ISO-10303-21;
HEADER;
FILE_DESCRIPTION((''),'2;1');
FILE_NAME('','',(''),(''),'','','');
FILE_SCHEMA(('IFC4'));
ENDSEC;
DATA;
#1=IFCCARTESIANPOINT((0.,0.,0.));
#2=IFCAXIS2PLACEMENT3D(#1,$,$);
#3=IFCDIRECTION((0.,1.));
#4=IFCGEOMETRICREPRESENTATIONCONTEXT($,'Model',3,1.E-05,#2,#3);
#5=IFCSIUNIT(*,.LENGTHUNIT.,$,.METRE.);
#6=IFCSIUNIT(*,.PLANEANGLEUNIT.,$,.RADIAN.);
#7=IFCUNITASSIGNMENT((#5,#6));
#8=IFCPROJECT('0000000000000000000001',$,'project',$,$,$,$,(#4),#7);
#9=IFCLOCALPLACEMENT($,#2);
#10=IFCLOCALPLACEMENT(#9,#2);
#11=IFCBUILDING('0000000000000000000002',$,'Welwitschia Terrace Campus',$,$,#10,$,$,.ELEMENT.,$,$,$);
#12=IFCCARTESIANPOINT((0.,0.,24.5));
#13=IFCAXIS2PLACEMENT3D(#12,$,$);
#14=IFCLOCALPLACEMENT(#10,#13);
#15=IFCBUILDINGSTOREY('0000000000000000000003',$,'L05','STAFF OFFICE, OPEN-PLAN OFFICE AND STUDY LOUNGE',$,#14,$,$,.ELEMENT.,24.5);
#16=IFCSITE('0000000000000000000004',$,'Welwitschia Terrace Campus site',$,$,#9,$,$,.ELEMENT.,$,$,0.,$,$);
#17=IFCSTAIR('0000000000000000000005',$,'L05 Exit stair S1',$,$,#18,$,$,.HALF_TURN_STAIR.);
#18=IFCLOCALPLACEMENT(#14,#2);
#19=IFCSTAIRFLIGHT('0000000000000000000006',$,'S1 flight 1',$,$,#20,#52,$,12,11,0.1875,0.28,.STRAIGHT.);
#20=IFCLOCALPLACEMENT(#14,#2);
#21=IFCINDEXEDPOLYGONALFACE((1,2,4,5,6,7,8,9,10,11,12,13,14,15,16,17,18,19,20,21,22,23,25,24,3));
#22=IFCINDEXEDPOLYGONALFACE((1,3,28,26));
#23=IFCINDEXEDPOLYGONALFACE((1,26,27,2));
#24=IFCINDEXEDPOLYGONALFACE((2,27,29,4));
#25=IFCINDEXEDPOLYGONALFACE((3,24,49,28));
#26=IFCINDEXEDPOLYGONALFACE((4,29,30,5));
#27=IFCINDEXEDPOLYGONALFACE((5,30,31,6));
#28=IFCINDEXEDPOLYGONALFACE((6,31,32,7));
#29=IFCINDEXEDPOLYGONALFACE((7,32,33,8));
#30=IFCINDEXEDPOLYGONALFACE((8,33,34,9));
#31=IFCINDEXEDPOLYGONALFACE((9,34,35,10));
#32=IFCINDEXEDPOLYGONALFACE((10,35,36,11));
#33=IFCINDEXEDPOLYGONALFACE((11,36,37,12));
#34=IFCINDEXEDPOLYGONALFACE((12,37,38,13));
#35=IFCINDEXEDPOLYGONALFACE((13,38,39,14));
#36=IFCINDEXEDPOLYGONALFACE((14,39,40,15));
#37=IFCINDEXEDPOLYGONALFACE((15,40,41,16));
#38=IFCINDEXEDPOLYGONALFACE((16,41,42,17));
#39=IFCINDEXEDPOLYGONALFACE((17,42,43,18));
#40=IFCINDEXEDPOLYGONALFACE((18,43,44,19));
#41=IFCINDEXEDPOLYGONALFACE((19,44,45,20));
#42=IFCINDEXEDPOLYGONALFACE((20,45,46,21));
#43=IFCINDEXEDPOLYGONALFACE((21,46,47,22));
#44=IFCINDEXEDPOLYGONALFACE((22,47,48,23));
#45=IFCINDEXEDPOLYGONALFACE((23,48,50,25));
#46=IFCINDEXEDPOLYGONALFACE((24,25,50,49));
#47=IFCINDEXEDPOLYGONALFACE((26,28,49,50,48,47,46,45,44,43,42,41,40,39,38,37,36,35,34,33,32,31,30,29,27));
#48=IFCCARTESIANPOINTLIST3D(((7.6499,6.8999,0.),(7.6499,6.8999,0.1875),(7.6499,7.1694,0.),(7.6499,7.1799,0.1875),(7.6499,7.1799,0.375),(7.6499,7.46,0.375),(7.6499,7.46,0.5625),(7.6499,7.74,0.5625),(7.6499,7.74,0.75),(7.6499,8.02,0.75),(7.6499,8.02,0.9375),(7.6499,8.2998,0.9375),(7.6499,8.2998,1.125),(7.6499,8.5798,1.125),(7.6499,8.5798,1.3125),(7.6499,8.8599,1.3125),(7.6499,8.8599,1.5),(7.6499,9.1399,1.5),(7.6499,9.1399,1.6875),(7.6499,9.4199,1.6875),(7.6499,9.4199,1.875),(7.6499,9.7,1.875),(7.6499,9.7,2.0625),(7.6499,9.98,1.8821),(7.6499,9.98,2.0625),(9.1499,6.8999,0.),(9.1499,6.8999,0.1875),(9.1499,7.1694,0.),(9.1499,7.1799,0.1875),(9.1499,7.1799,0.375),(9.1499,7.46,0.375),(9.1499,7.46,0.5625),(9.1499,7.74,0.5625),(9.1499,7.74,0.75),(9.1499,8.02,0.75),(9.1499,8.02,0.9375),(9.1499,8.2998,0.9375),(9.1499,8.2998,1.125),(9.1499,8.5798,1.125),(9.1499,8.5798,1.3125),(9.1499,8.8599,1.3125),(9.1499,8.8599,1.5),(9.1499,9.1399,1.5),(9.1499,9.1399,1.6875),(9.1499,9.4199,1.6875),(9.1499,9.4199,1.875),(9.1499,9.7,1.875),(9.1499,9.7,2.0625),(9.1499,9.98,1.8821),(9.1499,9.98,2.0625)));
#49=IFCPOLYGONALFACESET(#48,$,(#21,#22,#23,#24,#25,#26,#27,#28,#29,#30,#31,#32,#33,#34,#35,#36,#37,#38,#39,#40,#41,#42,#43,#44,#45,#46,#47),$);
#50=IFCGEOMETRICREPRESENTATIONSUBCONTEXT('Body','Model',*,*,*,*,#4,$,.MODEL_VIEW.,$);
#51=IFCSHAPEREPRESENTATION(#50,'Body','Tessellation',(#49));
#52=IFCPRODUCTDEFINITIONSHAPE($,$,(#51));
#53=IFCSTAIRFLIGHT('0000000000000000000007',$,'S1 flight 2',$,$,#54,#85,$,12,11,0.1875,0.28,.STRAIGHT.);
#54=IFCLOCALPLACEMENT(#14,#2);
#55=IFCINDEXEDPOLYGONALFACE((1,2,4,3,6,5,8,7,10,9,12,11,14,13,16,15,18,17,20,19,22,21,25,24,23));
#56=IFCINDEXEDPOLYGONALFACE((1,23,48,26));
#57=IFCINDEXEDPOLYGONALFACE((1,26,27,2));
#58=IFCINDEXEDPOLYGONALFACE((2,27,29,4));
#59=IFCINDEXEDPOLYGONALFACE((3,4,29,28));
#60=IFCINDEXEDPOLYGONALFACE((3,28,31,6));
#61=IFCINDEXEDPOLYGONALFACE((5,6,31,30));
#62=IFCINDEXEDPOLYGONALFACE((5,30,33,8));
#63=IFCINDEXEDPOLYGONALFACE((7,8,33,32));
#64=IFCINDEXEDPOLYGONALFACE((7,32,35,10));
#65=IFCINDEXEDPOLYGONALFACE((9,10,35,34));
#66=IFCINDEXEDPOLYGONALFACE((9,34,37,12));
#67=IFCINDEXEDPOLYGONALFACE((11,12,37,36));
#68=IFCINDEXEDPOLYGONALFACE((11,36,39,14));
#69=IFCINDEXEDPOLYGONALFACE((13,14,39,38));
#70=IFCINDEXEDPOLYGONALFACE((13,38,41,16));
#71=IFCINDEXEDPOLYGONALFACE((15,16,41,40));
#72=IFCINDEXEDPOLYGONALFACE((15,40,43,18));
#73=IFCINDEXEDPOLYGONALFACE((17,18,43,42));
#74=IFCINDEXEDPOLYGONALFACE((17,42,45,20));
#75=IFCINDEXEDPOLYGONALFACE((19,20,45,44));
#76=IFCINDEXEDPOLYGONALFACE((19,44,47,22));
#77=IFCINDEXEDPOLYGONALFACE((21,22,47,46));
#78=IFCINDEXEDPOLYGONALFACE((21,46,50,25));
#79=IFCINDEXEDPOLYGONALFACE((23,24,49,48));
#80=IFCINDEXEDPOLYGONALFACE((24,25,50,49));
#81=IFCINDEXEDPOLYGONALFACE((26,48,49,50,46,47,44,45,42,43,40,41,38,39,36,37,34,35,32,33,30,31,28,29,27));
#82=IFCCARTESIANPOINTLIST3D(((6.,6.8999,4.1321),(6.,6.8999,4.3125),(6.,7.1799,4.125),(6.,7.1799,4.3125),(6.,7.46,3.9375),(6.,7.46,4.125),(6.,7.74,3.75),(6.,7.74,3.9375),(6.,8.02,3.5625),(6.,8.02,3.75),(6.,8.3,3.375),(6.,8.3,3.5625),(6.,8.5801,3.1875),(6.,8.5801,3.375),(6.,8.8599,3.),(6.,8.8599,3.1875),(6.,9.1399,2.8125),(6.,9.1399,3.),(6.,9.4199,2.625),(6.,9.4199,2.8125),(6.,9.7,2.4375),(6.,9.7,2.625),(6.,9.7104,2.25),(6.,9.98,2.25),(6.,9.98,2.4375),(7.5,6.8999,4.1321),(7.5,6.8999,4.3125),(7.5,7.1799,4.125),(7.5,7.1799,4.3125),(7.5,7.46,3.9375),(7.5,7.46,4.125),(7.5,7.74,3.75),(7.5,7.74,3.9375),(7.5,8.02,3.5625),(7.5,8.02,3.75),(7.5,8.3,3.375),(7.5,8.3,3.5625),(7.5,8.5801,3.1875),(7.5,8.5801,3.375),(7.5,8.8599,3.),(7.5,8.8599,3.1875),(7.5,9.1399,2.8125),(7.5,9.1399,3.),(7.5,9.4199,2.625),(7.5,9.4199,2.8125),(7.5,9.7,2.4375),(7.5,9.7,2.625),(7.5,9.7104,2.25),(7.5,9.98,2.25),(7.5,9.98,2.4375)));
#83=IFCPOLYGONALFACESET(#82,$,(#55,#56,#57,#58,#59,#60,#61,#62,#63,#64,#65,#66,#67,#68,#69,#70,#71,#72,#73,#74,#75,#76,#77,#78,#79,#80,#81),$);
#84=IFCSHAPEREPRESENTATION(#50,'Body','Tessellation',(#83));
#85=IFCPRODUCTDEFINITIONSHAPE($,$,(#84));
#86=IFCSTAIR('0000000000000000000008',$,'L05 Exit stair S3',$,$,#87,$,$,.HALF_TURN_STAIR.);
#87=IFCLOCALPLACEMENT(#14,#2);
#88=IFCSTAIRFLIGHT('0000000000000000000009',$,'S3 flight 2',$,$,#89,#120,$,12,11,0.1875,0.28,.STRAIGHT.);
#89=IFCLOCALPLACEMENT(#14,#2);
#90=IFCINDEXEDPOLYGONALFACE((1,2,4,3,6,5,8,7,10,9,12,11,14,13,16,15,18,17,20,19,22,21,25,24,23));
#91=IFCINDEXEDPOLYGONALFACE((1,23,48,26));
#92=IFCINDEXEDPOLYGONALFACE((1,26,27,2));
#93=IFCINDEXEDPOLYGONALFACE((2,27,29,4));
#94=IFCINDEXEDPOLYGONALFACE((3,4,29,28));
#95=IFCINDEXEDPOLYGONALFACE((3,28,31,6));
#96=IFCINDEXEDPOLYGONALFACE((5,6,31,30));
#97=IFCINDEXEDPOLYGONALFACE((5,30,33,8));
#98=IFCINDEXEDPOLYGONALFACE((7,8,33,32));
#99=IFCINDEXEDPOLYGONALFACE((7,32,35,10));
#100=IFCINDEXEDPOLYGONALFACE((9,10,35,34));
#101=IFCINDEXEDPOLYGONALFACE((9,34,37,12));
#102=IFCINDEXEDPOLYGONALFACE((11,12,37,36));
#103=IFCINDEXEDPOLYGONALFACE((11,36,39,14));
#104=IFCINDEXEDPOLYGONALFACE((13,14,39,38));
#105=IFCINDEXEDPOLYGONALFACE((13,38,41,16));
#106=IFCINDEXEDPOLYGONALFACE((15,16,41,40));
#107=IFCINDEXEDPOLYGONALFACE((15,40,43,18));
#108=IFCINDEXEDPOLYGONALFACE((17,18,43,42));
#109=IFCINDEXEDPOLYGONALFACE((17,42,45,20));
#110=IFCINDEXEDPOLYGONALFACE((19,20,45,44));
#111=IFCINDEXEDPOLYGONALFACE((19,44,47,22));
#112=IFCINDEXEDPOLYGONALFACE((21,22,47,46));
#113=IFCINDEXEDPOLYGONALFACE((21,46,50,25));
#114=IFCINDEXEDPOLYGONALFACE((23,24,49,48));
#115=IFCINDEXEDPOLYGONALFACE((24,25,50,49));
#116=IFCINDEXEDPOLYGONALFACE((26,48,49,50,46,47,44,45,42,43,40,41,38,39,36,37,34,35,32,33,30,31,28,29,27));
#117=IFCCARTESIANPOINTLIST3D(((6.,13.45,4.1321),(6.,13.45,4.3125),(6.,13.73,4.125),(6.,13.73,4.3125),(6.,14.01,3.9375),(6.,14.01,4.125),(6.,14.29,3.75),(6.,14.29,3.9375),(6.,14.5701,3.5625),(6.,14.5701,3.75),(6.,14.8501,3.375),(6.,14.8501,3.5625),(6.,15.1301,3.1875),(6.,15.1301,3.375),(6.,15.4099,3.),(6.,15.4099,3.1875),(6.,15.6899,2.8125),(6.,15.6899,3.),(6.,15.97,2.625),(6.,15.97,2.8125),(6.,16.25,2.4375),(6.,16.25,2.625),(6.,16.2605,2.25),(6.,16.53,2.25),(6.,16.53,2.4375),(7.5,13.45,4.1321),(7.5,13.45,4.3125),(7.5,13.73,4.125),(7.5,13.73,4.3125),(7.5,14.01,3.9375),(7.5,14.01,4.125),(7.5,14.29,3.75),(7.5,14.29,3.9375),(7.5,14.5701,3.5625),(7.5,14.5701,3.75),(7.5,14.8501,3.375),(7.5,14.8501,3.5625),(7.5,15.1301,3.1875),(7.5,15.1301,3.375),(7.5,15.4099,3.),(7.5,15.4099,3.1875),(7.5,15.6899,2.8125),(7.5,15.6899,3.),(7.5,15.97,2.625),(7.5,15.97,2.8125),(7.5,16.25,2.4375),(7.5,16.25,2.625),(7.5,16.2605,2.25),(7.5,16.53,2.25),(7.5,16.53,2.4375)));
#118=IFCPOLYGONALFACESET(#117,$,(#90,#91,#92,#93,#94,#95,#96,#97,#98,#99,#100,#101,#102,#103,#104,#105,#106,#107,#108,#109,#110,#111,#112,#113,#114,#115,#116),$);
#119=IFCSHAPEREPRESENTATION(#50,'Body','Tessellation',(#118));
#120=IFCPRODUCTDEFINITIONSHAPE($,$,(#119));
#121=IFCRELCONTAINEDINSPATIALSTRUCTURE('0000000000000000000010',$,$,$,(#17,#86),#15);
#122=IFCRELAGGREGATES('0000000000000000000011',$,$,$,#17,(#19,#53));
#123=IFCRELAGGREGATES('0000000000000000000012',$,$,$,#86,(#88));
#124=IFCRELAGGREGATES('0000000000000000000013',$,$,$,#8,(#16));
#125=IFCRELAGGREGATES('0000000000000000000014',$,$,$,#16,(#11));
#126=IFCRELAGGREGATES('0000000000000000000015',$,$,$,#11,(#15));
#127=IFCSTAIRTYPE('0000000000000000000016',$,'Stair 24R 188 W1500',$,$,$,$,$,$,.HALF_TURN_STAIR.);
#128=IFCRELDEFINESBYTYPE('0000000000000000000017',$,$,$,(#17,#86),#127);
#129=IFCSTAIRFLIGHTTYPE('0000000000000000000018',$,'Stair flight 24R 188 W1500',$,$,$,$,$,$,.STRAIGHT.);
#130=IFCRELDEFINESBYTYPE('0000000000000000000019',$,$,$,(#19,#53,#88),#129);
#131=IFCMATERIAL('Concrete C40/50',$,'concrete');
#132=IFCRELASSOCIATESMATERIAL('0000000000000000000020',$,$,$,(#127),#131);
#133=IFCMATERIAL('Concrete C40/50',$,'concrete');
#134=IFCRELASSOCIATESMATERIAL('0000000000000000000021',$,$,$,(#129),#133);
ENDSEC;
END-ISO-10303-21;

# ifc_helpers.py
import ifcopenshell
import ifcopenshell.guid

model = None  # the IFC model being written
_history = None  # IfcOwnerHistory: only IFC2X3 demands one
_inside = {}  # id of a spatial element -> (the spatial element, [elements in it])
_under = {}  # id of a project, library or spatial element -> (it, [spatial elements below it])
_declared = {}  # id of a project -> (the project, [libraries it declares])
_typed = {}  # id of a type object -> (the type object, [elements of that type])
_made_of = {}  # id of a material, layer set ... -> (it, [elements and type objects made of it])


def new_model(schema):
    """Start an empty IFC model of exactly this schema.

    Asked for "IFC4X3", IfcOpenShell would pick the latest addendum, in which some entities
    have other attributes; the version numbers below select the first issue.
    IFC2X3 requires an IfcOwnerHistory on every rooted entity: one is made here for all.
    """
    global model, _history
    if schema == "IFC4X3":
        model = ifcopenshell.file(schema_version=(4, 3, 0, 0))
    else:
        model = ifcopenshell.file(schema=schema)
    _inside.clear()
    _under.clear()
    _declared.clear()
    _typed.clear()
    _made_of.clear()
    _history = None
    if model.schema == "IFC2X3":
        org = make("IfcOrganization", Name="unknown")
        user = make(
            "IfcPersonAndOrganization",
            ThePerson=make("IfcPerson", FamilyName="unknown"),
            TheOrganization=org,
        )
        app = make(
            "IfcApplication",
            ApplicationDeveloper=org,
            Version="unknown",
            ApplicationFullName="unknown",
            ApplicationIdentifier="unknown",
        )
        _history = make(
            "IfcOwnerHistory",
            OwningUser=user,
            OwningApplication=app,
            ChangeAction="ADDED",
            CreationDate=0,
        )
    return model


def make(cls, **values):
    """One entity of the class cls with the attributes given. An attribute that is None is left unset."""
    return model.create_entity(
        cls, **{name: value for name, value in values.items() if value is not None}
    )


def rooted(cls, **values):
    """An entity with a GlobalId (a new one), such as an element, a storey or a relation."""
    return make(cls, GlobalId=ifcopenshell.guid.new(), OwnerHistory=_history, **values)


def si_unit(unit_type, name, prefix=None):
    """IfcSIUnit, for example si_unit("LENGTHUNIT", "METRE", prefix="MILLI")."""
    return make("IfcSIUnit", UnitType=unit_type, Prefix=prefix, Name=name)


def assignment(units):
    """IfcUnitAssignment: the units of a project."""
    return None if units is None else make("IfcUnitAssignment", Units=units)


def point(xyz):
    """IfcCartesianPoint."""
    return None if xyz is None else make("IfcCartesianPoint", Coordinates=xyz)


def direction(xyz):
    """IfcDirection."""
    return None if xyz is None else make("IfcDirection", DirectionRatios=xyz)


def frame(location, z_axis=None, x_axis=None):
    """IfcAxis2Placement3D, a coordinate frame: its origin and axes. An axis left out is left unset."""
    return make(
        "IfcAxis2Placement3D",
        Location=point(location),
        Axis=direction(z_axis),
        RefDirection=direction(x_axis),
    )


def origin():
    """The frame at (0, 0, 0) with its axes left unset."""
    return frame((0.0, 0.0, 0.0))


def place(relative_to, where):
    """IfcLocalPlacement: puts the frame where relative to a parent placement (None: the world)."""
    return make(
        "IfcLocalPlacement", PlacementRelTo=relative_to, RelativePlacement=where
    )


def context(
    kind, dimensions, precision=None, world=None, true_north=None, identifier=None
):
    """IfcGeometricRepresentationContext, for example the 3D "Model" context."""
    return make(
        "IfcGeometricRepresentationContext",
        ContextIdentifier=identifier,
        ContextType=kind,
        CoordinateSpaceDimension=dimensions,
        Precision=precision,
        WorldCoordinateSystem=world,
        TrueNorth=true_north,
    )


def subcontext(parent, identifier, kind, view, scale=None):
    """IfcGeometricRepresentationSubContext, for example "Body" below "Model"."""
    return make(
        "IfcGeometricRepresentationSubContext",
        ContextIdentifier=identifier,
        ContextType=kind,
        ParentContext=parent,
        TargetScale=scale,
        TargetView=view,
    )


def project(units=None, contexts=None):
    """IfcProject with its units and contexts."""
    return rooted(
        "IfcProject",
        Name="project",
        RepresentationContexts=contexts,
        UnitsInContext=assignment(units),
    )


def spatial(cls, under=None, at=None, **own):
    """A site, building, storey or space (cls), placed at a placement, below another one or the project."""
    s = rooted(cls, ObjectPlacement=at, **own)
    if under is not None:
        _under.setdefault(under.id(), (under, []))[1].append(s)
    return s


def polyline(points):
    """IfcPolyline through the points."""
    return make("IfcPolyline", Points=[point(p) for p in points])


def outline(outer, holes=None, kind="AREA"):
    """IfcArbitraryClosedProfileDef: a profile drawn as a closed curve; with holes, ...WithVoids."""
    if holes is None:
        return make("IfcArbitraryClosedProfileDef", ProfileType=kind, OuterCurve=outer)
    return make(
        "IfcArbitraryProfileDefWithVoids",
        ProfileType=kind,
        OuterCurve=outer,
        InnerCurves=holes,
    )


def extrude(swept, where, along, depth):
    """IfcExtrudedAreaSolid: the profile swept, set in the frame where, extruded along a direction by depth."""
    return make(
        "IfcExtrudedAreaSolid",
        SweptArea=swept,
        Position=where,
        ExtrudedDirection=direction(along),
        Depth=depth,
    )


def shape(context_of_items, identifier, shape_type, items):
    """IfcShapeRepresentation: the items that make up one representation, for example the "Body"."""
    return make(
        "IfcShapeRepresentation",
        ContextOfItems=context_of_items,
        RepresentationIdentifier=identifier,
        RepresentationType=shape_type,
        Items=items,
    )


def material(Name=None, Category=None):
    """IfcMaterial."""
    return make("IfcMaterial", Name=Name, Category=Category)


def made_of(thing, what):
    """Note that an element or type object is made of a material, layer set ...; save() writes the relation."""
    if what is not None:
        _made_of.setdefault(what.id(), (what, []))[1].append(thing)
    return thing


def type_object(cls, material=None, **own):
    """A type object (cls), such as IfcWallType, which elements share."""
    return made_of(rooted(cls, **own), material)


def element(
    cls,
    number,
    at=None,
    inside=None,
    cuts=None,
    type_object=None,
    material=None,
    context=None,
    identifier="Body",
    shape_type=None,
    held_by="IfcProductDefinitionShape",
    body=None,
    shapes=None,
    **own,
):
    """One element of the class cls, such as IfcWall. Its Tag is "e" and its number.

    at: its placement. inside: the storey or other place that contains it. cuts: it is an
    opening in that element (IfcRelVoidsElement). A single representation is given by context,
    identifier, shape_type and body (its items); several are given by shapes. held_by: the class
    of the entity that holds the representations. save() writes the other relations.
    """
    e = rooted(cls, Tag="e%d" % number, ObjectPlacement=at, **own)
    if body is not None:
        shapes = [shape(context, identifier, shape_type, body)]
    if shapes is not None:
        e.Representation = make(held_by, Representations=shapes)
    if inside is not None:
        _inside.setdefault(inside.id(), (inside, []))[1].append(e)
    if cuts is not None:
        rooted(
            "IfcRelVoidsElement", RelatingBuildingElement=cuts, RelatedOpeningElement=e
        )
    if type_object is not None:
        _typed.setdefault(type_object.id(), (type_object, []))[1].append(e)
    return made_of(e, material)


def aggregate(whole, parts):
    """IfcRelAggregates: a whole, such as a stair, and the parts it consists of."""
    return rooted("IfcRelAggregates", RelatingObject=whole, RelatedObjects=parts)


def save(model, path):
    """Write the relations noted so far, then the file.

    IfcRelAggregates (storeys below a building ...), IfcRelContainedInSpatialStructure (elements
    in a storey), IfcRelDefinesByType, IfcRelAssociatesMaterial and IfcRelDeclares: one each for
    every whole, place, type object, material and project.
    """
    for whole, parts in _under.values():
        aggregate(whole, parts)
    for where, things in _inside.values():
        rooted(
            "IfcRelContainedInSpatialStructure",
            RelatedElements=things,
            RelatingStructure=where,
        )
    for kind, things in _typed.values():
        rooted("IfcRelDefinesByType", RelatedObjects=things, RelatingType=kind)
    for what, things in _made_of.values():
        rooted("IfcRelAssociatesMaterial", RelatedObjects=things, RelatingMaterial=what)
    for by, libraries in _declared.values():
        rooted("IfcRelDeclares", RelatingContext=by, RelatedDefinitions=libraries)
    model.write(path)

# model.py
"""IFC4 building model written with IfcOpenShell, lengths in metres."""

from ifc_helpers import new_model, si_unit, direction, frame, origin, place, context, subcontext, project, spatial, polyline, outline, extrude, material, type_object, element, aggregate, save


model = new_model("IFC4")

# Units and contexts
model_context = context("Model", 3, precision=1e-05, world=origin(), true_north=direction((0.0, 1.0)))
body_context = subcontext(model_context, "Body", "Model", "MODEL_VIEW")
ifc_project = project(units=[si_unit("LENGTHUNIT", "METRE"), si_unit("PLANEANGLEUNIT", "RADIAN")], contexts=[model_context])

# Site, building, storey
site_placement = place(None, origin())
site = spatial("IfcSite", under=ifc_project, at=site_placement, Name="Welwitschia Terrace Campus site", CompositionType="ELEMENT", RefElevation=0.0)
building_placement = place(site_placement, origin())
building = spatial("IfcBuilding", under=site, at=building_placement, Name="Welwitschia Terrace Campus", CompositionType="ELEMENT")
storey_placement = place(building_placement, frame((0.0, 0.0, 24.5)))
storey = spatial("IfcBuildingStorey", under=building, at=storey_placement, Name="L05", Description="STAFF OFFICE, OPEN-PLAN OFFICE AND STUDY LOUNGE", CompositionType="ELEMENT", Elevation=24.5)

# Stair, stair flights
ifc_material_1 = material(Name="Concrete C40/50", Category="concrete")
stair_type = type_object("IfcStairType", Name="Stair 24R 188 W1500", PredefinedType="HALF_TURN_STAIR", material=ifc_material_1)
stair_1_placement = place(storey_placement, origin())
stair_1 = element("IfcStair", 1, at=stair_1_placement, inside=storey, type_object=stair_type, Name="L05 Exit stair S1", PredefinedType="HALF_TURN_STAIR")
ifc_material_2 = material(Name="Concrete C40/50", Category="concrete")
stair_flight_type = type_object("IfcStairFlightType", Name="Stair flight 24R 188 W1500", PredefinedType="STRAIGHT", material=ifc_material_2)
stair_flight_1_placement = place(storey_placement, frame((8.3999, 6.8999, 0.0), z_axis=(0.0, 0.0, 1.0), x_axis=(0.0, 1.0, 0.0)))
stair_flight_1 = element("IfcStairFlight", 2, at=stair_flight_1_placement, type_object=stair_flight_type, Name="S1 flight 1", NumberOfRisers=12, NumberOfTreads=11, PredefinedType="STRAIGHT", RiserHeight=0.1875, TreadLength=0.28, context=body_context, shape_type="SweptSolid", body=[
    extrude(outline(polyline([(0.0, 0.0), (0.0, 0.1875), (0.28, 0.1875), (0.28, 0.375), (0.5601, 0.375), (0.5601, 0.5625), (0.8401, 0.5625), (0.8401, 0.75), (1.1201, 0.75), (1.1201, 0.9375), (1.3999, 0.9375), (1.3999, 1.125), (1.6799, 1.125), (1.6799, 1.3125), (1.96, 1.3125), (1.96, 1.5), (2.24, 1.5), (2.24, 1.6875), (2.52, 1.6875), (2.52, 1.875), (2.8, 1.875), (2.8, 2.0625), (3.0801, 2.0625), (3.0801, 2.25), (3.0801, 1.8821), (0.2695, 0.0), (0.0, 0.0)])), frame((0.0, 0.75, 0.0), z_axis=(0.0, -1.0, 0.0), x_axis=(1.0, 0.0, 0.0)), (0.0, 0.0, 1.0), 1.5),
])
stair_flight_2_placement = place(storey_placement, frame((6.75, 9.98, 2.25), z_axis=(0.0, 0.0, 1.0), x_axis=(0.0, -1.0, 0.0)))
stair_flight_2 = element("IfcStairFlight", 3, at=stair_flight_2_placement, type_object=stair_flight_type, Name="S1 flight 2", NumberOfRisers=12, NumberOfTreads=11, PredefinedType="STRAIGHT", RiserHeight=0.1875, TreadLength=0.28, context=body_context, shape_type="SweptSolid", body=[
    extrude(outline(polyline([(0.0, 0.0), (0.0, 0.1875), (0.28, 0.1875), (0.28, 0.375), (0.5601, 0.375), (0.5601, 0.5625), (0.8401, 0.5625), (0.8401, 0.75), (1.1201, 0.75), (1.1201, 0.9375), (1.3999, 0.9375), (1.3999, 1.125), (1.6799, 1.125), (1.6799, 1.3125), (1.96, 1.3125), (1.96, 1.5), (2.24, 1.5), (2.24, 1.6875), (2.52, 1.6875), (2.52, 1.875), (2.8, 1.875), (2.8, 2.0625), (3.0801, 2.0625), (3.0801, 2.25), (3.0801, 1.8821), (0.2695, 0.0), (0.0, 0.0)])), frame((0.0, 0.75, 0.0), z_axis=(0.0, -1.0, 0.0), x_axis=(1.0, 0.0, 0.0)), (0.0, 0.0, 1.0), 1.5),
])
aggregate(stair_1, [stair_flight_1, stair_flight_2])

# Stair, stair flight
stair_2_placement = place(storey_placement, origin())
stair_2 = element("IfcStair", 4, at=stair_2_placement, inside=storey, type_object=stair_type, Name="L05 Exit stair S3", PredefinedType="HALF_TURN_STAIR")
stair_flight_3_placement = place(storey_placement, frame((6.75, 16.53, 2.25), z_axis=(0.0, 0.0, 1.0), x_axis=(0.0, -1.0, 0.0)))
stair_flight_3 = element("IfcStairFlight", 5, at=stair_flight_3_placement, type_object=stair_flight_type, Name="S3 flight 2", NumberOfRisers=12, NumberOfTreads=11, PredefinedType="STRAIGHT", RiserHeight=0.1875, TreadLength=0.28, context=body_context, shape_type="SweptSolid", body=[
    extrude(outline(polyline([(0.0, 0.0), (0.0, 0.1875), (0.28, 0.1875), (0.28, 0.375), (0.5601, 0.375), (0.5601, 0.5625), (0.8401, 0.5625), (0.8401, 0.75), (1.1201, 0.75), (1.1201, 0.9375), (1.3999, 0.9375), (1.3999, 1.125), (1.6799, 1.125), (1.6799, 1.3125), (1.96, 1.3125), (1.96, 1.5), (2.24, 1.5), (2.24, 1.6875), (2.52, 1.6875), (2.52, 1.875), (2.8, 1.875), (2.8, 2.0625), (3.0801, 2.0625), (3.0801, 2.25), (3.0801, 1.8821), (0.2695, 0.0), (0.0, 0.0)])), frame((0.0, 0.75, 0.0), z_axis=(0.0, -1.0, 0.0), x_axis=(1.0, 0.0, 0.0)), (0.0, 0.0, 1.0), 1.5),
])
aggregate(stair_2, [stair_flight_3])

save(model, "model.ifc")
